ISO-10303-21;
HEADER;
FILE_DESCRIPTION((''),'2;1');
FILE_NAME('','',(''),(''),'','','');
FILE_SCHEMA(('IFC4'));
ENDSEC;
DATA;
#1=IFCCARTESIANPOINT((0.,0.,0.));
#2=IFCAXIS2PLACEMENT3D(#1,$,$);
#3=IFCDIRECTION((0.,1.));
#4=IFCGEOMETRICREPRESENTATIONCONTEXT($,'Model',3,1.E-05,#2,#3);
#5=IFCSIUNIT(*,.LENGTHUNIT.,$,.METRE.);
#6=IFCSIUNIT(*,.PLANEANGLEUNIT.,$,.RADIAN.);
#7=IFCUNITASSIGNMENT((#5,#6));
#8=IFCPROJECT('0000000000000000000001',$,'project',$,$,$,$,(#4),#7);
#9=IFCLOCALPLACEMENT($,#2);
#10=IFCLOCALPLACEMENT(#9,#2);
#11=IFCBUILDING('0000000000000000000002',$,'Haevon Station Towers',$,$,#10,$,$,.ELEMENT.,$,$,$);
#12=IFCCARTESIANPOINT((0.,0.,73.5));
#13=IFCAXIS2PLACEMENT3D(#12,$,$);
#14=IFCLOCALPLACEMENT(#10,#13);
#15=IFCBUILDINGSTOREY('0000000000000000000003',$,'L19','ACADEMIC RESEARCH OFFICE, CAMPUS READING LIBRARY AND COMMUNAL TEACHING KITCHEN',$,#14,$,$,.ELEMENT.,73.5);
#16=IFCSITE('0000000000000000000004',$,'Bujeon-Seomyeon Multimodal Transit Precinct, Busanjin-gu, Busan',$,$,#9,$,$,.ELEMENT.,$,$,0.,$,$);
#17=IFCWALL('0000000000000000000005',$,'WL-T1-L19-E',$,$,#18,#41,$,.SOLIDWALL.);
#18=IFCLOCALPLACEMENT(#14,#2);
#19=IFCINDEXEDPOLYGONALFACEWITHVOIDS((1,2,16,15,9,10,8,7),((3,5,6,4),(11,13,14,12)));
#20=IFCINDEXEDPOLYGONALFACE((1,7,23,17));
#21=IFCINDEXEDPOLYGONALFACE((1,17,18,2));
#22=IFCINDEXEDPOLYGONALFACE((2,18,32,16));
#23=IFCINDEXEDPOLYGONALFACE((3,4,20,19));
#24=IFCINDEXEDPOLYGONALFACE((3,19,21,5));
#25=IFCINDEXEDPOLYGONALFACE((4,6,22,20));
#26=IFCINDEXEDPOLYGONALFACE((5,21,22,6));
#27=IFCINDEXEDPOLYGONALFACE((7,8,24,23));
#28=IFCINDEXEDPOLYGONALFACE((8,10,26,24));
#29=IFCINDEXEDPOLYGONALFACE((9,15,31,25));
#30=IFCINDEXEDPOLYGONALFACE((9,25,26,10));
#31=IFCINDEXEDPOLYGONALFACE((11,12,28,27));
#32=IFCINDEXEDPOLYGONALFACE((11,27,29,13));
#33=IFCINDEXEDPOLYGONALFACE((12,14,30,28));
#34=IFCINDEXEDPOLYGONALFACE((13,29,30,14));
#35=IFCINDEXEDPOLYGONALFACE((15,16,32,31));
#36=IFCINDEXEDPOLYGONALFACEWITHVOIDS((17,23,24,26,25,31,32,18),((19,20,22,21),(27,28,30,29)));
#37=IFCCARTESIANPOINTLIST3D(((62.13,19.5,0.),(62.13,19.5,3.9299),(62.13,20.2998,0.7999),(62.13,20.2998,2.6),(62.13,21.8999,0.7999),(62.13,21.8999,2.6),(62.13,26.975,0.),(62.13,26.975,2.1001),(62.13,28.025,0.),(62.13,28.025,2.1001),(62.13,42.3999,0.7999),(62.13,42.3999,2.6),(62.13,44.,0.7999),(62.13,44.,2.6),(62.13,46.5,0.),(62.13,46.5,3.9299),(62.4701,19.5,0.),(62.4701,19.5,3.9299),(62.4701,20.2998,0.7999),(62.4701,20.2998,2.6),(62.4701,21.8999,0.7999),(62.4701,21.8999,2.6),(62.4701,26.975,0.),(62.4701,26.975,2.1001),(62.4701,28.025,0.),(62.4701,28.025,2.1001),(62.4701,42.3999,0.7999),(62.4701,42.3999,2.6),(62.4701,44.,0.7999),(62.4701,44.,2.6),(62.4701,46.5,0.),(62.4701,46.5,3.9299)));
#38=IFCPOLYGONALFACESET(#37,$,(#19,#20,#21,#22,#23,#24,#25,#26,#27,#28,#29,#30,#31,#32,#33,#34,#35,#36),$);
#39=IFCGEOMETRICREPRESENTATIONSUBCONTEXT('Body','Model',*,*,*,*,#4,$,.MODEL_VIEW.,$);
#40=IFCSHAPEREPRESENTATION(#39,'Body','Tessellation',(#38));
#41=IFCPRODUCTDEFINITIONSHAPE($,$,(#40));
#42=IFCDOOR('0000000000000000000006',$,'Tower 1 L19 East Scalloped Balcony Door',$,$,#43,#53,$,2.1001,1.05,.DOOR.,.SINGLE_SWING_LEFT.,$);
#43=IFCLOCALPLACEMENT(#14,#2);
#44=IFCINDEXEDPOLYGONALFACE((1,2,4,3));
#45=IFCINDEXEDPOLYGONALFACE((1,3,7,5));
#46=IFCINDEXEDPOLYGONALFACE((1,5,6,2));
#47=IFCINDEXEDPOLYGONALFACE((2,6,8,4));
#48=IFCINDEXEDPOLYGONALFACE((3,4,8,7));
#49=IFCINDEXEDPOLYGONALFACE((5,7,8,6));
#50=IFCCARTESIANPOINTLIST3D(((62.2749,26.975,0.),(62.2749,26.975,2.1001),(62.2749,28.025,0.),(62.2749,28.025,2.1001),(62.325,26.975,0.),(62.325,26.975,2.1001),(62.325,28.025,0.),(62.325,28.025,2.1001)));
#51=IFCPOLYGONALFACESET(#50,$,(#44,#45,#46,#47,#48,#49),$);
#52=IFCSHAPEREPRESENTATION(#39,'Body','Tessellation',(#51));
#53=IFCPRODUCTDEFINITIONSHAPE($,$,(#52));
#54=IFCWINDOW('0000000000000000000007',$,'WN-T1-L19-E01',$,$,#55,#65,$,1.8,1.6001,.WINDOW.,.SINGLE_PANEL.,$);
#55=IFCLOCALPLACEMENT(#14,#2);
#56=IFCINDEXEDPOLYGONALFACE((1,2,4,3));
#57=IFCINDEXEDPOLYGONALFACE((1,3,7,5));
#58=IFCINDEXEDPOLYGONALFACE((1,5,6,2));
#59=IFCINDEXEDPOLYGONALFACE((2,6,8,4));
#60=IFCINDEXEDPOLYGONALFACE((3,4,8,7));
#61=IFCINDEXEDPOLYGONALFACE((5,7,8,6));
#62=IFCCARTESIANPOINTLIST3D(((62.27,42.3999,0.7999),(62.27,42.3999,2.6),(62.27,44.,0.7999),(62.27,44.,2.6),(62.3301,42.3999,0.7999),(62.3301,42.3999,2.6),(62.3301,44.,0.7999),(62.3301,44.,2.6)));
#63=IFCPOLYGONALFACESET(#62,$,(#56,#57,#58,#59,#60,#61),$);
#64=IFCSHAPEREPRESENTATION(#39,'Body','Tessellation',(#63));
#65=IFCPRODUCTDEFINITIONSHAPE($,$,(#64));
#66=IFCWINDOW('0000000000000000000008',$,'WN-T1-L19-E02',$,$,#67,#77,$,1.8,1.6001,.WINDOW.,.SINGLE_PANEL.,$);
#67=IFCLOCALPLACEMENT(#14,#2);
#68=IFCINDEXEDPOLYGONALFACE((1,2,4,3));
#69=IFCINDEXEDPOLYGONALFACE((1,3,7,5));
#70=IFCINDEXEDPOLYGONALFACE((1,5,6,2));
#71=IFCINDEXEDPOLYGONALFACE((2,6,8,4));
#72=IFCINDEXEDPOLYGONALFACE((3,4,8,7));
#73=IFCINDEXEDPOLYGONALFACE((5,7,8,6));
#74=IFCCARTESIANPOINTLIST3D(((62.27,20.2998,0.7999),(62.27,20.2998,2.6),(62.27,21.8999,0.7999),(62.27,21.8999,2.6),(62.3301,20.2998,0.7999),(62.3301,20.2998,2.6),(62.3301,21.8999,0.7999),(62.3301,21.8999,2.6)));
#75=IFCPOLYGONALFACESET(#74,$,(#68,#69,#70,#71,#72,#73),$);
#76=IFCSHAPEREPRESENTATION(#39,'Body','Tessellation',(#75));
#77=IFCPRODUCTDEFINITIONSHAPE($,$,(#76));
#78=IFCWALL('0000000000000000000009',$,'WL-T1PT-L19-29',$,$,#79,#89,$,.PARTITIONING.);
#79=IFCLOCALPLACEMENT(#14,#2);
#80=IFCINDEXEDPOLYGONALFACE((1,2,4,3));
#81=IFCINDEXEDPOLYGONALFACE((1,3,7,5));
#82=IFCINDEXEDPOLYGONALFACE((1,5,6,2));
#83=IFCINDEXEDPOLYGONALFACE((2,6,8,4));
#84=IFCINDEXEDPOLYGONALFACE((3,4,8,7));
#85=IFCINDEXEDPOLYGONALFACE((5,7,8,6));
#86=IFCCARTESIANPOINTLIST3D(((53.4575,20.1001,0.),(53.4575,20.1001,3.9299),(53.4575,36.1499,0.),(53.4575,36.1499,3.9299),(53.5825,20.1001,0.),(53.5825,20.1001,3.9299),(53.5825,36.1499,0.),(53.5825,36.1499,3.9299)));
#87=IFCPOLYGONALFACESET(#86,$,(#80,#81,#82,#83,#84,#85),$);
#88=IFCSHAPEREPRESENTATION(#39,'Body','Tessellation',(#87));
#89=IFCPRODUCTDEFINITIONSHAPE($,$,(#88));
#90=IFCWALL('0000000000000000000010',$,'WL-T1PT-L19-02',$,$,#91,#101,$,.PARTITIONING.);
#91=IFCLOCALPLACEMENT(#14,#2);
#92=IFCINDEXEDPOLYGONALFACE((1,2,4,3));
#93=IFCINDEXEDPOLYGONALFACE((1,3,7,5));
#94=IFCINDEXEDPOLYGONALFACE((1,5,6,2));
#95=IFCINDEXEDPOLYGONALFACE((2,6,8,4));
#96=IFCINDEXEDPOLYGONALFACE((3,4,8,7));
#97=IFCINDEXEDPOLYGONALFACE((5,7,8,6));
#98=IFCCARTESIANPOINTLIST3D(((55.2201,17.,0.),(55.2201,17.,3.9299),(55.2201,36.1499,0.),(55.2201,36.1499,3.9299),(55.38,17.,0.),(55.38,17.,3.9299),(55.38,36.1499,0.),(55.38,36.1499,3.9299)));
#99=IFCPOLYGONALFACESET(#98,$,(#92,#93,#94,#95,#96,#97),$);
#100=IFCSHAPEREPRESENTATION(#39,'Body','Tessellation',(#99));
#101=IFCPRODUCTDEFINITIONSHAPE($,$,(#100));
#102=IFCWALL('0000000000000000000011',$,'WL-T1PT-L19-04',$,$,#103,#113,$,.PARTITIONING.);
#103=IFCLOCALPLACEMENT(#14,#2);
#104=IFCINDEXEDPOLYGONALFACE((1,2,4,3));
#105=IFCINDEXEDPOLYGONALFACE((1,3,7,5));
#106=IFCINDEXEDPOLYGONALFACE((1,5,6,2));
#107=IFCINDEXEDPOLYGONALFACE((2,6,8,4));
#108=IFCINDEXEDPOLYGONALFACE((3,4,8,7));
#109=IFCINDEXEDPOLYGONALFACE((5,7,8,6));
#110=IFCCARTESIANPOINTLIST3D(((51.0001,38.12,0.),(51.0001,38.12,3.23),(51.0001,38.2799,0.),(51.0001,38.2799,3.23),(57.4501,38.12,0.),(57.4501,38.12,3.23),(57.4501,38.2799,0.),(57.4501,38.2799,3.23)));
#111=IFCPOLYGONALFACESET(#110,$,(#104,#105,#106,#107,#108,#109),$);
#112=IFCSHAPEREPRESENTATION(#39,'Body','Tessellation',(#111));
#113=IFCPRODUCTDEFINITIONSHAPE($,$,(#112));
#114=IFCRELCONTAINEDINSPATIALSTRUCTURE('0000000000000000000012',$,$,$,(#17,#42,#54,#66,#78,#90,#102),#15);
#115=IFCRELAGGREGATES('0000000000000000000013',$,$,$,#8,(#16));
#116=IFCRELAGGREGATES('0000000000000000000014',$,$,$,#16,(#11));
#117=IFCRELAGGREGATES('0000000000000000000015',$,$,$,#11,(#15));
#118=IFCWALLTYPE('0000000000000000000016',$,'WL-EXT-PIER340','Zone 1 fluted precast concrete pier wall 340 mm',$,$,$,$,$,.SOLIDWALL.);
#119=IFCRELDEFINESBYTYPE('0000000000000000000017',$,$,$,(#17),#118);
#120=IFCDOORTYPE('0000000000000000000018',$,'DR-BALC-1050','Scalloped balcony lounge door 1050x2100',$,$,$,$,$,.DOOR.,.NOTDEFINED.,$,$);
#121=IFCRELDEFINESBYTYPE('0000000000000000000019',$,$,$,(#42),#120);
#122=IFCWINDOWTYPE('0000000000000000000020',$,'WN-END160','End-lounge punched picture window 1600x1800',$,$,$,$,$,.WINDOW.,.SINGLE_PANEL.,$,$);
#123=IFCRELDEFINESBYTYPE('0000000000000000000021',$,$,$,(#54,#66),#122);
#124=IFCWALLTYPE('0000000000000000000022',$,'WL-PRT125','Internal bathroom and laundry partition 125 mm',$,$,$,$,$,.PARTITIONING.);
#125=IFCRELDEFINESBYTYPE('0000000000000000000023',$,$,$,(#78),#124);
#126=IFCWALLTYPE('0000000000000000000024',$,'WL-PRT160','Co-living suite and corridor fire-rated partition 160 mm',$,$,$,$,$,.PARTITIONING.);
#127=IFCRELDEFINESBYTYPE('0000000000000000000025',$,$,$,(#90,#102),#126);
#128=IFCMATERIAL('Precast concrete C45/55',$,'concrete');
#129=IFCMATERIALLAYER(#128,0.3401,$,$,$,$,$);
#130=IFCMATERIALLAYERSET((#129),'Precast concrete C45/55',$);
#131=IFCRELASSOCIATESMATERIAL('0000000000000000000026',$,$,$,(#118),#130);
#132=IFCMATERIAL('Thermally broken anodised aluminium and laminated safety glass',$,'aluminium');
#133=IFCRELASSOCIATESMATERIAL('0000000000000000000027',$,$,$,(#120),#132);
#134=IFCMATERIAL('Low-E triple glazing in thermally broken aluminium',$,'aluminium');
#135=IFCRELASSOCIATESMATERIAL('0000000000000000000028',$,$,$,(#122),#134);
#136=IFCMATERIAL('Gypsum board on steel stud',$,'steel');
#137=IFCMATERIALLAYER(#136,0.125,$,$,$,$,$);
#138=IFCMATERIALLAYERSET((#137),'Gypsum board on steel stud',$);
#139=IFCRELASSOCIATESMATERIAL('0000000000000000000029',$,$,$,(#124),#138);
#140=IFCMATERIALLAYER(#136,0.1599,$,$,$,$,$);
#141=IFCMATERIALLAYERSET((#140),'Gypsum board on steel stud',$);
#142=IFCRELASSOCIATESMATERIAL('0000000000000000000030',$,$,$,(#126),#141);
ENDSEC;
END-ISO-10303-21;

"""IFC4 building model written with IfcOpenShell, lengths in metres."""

from ifc_helpers import new_model, si_unit, direction, frame, frame_2d, origin, place, context, subcontext, project, spatial, rectangle, extrude, material, layer, layer_set, type_object, element, fill, save


model = new_model("IFC4")

# Units and contexts
model_context = context("Model", 3, precision=1e-05, world=origin(), true_north=direction((0.0, 1.0)))
body_context = subcontext(model_context, "Body", "Model", "MODEL_VIEW")
ifc_project = project(units=[si_unit("LENGTHUNIT", "METRE"), si_unit("PLANEANGLEUNIT", "RADIAN")], contexts=[model_context])

# Site, building, storey
site_placement = place(None, origin())
site = spatial("IfcSite", under=ifc_project, at=site_placement, Name="Bujeon-Seomyeon Multimodal Transit Precinct, Busanjin-gu, Busan", CompositionType="ELEMENT", RefElevation=0.0)
building_placement = place(site_placement, origin())
building = spatial("IfcBuilding", under=site, at=building_placement, Name="Haevon Station Towers", CompositionType="ELEMENT")
storey_placement = place(building_placement, frame((0.0, 0.0, 73.5)))
storey = spatial("IfcBuildingStorey", under=building, at=storey_placement, Name="L19", Description="ACADEMIC RESEARCH OFFICE, CAMPUS READING LIBRARY AND COMMUNAL TEACHING KITCHEN", CompositionType="ELEMENT", Elevation=73.5)

# Shared definitions
ifc_material_1 = material(Name="Gypsum board on steel stud", Category="steel")

# Shared definitions
ifc_material_2 = material(Name="Precast concrete C45/55", Category="concrete")
ifc_layer_1 = layer(ifc_material_2, 0.3401)
ifc_layer_set_1 = layer_set([ifc_layer_1], Name="Precast concrete C45/55")
wall_type_1 = type_object("IfcWallType", Name="WL-EXT-PIER340", Description="Zone 1 fluted precast concrete pier wall 340 mm", PredefinedType="SOLIDWALL", material=ifc_layer_set_1)
ifc_material_3 = material(Name="Low-E triple glazing in thermally broken aluminium", Category="aluminium")

# Wall, openings, door, windows
wall_1_placement = place(storey_placement, frame((62.3, 46.5, 0.0), z_axis=(0.0, 0.0, 1.0), x_axis=(0.0, -1.0, 0.0)))
wall_1 = element("IfcWall", 1, at=wall_1_placement, inside=storey, type_object=wall_type_1, Name="WL-T1-L19-E", PredefinedType="SOLIDWALL", context=body_context, shape_type="SweptSolid", body=[
    extrude(rectangle(XDim=27.0, YDim=0.3401, at=frame_2d((13.5, 0.0))), origin(), (0.0, 0.0, 1.0), 3.9299),
])
opening_1_placement = place(wall_1_placement, frame((18.4751, 0.0, 0.0)))
opening_1 = element("IfcOpeningElement", 2, at=opening_1_placement, cuts=wall_1, PredefinedType="OPENING", context=body_context, shape_type="SweptSolid", body=[
    extrude(rectangle(XDim=1.05, YDim=2.1001, at=frame_2d((0.5249, 1.05))), frame((0.0, 0.1799, 0.0), z_axis=(0.0, -1.0, 0.0), x_axis=(1.0, 0.0, 0.0)), (0.0, 0.0, 1.0), 0.3601),
])
opening_2_placement = place(wall_1_placement, frame((2.5, 0.0, 0.8)))
opening_2 = element("IfcOpeningElement", 3, at=opening_2_placement, cuts=wall_1, PredefinedType="OPENING", context=body_context, shape_type="SweptSolid", body=[
    extrude(rectangle(XDim=1.6001, YDim=1.8, at=frame_2d((0.8, 0.8999))), frame((0.0, 0.1799, 0.0), z_axis=(0.0, -1.0, 0.0), x_axis=(1.0, 0.0, 0.0)), (0.0, 0.0, 1.0), 0.3601),
])
opening_3_placement = place(wall_1_placement, frame((24.6001, 0.0, 0.8)))
opening_3 = element("IfcOpeningElement", 4, at=opening_3_placement, cuts=wall_1, PredefinedType="OPENING", context=body_context, shape_type="SweptSolid", body=[
    extrude(rectangle(XDim=1.6001, YDim=1.8, at=frame_2d((0.8, 0.8999))), frame((0.0, 0.1799, 0.0), z_axis=(0.0, -1.0, 0.0), x_axis=(1.0, 0.0, 0.0)), (0.0, 0.0, 1.0), 0.3601),
])
ifc_material_4 = material(Name="Thermally broken anodised aluminium and laminated safety glass", Category="aluminium")
door_type_1 = type_object("IfcDoorType", Name="DR-BALC-1050", Description="Scalloped balcony lounge door 1050x2100", OperationType="NOTDEFINED", PredefinedType="DOOR", material=ifc_material_4)
door_1_placement = place(opening_1_placement, origin())
door_1 = element("IfcDoor", 5, at=door_1_placement, inside=storey, type_object=door_type_1, Name="Tower 1 L19 East Scalloped Balcony Door", OperationType="SINGLE_SWING_LEFT", OverallHeight=2.1001, OverallWidth=1.05, PredefinedType="DOOR", context=body_context, shape_type="SweptSolid", body=[
    extrude(rectangle(XDim=1.05, YDim=2.1001, at=frame_2d((0.5249, 1.05))), frame((0.0, 0.0249, 0.0), z_axis=(0.0, -1.0, 0.0), x_axis=(1.0, 0.0, 0.0)), (0.0, 0.0, 1.0), 0.05),
])
fill(opening_1, door_1)
window_type_1 = type_object("IfcWindowType", Name="WN-END160", Description="End-lounge punched picture window 1600x1800", PartitioningType="SINGLE_PANEL", PredefinedType="WINDOW", material=ifc_material_3)
window_1_placement = place(opening_2_placement, origin())
window_1 = element("IfcWindow", 6, at=window_1_placement, inside=storey, type_object=window_type_1, Name="WN-T1-L19-E01", OverallHeight=1.8, OverallWidth=1.6001, PartitioningType="SINGLE_PANEL", PredefinedType="WINDOW", context=body_context, shape_type="SweptSolid", body=[
    extrude(rectangle(XDim=1.6001, YDim=1.8, at=frame_2d((0.8, 0.8999))), frame((0.0, 0.03, 0.0), z_axis=(0.0, -1.0, 0.0), x_axis=(1.0, 0.0, 0.0)), (0.0, 0.0, 1.0), 0.0601),
])
fill(opening_2, window_1)
window_2_placement = place(opening_3_placement, origin())
window_2 = element("IfcWindow", 7, at=window_2_placement, inside=storey, type_object=window_type_1, Name="WN-T1-L19-E02", OverallHeight=1.8, OverallWidth=1.6001, PartitioningType="SINGLE_PANEL", PredefinedType="WINDOW", context=body_context, shape_type="SweptSolid", body=[
    extrude(rectangle(XDim=1.6001, YDim=1.8, at=frame_2d((0.8, 0.8999))), frame((0.0, 0.03, 0.0), z_axis=(0.0, -1.0, 0.0), x_axis=(1.0, 0.0, 0.0)), (0.0, 0.0, 1.0), 0.0601),
])
fill(opening_3, window_2)

# Walls
ifc_layer_2 = layer(ifc_material_1, 0.125)
ifc_layer_set_2 = layer_set([ifc_layer_2], Name="Gypsum board on steel stud")
wall_type_2 = type_object("IfcWallType", Name="WL-PRT125", Description="Internal bathroom and laundry partition 125 mm", PredefinedType="PARTITIONING", material=ifc_layer_set_2)
wall_2_placement = place(storey_placement, frame((53.52, 20.1001, 0.0), z_axis=(0.0, 0.0, 1.0), x_axis=(0.0, 1.0, 0.0)))
element("IfcWall", 8, at=wall_2_placement, inside=storey, type_object=wall_type_2, Name="WL-T1PT-L19-29", PredefinedType="PARTITIONING", context=body_context, shape_type="SweptSolid", body=[
    extrude(rectangle(XDim=16.0498, YDim=0.125, at=frame_2d((8.0249, 0.0))), origin(), (0.0, 0.0, 1.0), 3.9299),
])
ifc_layer_3 = layer(ifc_material_1, 0.1599)
ifc_layer_set_3 = layer_set([ifc_layer_3], Name="Gypsum board on steel stud")
wall_type_3 = type_object("IfcWallType", Name="WL-PRT160", Description="Co-living suite and corridor fire-rated partition 160 mm", PredefinedType="PARTITIONING", material=ifc_layer_set_3)
wall_3_placement = place(storey_placement, frame((55.3, 17.0, 0.0), z_axis=(0.0, 0.0, 1.0), x_axis=(0.0, 1.0, 0.0)))
element("IfcWall", 9, at=wall_3_placement, inside=storey, type_object=wall_type_3, Name="WL-T1PT-L19-02", PredefinedType="PARTITIONING", context=body_context, shape_type="SweptSolid", body=[
    extrude(rectangle(XDim=19.1499, YDim=0.1599, at=frame_2d((9.575, 0.0))), origin(), (0.0, 0.0, 1.0), 3.9299),
])
wall_4_placement = place(storey_placement, frame((51.0, 38.2, 0.0), z_axis=(0.0, 0.0, 1.0), x_axis=(1.0, 0.0, 0.0)))
element("IfcWall", 10, at=wall_4_placement, inside=storey, type_object=wall_type_3, Name="WL-T1PT-L19-04", PredefinedType="PARTITIONING", context=body_context, shape_type="SweptSolid", body=[
    extrude(rectangle(XDim=6.45, YDim=0.1599, at=frame_2d((3.2251, 0.0))), origin(), (0.0, 0.0, 1.0), 3.23),
])

save(model, "model.ifc")
